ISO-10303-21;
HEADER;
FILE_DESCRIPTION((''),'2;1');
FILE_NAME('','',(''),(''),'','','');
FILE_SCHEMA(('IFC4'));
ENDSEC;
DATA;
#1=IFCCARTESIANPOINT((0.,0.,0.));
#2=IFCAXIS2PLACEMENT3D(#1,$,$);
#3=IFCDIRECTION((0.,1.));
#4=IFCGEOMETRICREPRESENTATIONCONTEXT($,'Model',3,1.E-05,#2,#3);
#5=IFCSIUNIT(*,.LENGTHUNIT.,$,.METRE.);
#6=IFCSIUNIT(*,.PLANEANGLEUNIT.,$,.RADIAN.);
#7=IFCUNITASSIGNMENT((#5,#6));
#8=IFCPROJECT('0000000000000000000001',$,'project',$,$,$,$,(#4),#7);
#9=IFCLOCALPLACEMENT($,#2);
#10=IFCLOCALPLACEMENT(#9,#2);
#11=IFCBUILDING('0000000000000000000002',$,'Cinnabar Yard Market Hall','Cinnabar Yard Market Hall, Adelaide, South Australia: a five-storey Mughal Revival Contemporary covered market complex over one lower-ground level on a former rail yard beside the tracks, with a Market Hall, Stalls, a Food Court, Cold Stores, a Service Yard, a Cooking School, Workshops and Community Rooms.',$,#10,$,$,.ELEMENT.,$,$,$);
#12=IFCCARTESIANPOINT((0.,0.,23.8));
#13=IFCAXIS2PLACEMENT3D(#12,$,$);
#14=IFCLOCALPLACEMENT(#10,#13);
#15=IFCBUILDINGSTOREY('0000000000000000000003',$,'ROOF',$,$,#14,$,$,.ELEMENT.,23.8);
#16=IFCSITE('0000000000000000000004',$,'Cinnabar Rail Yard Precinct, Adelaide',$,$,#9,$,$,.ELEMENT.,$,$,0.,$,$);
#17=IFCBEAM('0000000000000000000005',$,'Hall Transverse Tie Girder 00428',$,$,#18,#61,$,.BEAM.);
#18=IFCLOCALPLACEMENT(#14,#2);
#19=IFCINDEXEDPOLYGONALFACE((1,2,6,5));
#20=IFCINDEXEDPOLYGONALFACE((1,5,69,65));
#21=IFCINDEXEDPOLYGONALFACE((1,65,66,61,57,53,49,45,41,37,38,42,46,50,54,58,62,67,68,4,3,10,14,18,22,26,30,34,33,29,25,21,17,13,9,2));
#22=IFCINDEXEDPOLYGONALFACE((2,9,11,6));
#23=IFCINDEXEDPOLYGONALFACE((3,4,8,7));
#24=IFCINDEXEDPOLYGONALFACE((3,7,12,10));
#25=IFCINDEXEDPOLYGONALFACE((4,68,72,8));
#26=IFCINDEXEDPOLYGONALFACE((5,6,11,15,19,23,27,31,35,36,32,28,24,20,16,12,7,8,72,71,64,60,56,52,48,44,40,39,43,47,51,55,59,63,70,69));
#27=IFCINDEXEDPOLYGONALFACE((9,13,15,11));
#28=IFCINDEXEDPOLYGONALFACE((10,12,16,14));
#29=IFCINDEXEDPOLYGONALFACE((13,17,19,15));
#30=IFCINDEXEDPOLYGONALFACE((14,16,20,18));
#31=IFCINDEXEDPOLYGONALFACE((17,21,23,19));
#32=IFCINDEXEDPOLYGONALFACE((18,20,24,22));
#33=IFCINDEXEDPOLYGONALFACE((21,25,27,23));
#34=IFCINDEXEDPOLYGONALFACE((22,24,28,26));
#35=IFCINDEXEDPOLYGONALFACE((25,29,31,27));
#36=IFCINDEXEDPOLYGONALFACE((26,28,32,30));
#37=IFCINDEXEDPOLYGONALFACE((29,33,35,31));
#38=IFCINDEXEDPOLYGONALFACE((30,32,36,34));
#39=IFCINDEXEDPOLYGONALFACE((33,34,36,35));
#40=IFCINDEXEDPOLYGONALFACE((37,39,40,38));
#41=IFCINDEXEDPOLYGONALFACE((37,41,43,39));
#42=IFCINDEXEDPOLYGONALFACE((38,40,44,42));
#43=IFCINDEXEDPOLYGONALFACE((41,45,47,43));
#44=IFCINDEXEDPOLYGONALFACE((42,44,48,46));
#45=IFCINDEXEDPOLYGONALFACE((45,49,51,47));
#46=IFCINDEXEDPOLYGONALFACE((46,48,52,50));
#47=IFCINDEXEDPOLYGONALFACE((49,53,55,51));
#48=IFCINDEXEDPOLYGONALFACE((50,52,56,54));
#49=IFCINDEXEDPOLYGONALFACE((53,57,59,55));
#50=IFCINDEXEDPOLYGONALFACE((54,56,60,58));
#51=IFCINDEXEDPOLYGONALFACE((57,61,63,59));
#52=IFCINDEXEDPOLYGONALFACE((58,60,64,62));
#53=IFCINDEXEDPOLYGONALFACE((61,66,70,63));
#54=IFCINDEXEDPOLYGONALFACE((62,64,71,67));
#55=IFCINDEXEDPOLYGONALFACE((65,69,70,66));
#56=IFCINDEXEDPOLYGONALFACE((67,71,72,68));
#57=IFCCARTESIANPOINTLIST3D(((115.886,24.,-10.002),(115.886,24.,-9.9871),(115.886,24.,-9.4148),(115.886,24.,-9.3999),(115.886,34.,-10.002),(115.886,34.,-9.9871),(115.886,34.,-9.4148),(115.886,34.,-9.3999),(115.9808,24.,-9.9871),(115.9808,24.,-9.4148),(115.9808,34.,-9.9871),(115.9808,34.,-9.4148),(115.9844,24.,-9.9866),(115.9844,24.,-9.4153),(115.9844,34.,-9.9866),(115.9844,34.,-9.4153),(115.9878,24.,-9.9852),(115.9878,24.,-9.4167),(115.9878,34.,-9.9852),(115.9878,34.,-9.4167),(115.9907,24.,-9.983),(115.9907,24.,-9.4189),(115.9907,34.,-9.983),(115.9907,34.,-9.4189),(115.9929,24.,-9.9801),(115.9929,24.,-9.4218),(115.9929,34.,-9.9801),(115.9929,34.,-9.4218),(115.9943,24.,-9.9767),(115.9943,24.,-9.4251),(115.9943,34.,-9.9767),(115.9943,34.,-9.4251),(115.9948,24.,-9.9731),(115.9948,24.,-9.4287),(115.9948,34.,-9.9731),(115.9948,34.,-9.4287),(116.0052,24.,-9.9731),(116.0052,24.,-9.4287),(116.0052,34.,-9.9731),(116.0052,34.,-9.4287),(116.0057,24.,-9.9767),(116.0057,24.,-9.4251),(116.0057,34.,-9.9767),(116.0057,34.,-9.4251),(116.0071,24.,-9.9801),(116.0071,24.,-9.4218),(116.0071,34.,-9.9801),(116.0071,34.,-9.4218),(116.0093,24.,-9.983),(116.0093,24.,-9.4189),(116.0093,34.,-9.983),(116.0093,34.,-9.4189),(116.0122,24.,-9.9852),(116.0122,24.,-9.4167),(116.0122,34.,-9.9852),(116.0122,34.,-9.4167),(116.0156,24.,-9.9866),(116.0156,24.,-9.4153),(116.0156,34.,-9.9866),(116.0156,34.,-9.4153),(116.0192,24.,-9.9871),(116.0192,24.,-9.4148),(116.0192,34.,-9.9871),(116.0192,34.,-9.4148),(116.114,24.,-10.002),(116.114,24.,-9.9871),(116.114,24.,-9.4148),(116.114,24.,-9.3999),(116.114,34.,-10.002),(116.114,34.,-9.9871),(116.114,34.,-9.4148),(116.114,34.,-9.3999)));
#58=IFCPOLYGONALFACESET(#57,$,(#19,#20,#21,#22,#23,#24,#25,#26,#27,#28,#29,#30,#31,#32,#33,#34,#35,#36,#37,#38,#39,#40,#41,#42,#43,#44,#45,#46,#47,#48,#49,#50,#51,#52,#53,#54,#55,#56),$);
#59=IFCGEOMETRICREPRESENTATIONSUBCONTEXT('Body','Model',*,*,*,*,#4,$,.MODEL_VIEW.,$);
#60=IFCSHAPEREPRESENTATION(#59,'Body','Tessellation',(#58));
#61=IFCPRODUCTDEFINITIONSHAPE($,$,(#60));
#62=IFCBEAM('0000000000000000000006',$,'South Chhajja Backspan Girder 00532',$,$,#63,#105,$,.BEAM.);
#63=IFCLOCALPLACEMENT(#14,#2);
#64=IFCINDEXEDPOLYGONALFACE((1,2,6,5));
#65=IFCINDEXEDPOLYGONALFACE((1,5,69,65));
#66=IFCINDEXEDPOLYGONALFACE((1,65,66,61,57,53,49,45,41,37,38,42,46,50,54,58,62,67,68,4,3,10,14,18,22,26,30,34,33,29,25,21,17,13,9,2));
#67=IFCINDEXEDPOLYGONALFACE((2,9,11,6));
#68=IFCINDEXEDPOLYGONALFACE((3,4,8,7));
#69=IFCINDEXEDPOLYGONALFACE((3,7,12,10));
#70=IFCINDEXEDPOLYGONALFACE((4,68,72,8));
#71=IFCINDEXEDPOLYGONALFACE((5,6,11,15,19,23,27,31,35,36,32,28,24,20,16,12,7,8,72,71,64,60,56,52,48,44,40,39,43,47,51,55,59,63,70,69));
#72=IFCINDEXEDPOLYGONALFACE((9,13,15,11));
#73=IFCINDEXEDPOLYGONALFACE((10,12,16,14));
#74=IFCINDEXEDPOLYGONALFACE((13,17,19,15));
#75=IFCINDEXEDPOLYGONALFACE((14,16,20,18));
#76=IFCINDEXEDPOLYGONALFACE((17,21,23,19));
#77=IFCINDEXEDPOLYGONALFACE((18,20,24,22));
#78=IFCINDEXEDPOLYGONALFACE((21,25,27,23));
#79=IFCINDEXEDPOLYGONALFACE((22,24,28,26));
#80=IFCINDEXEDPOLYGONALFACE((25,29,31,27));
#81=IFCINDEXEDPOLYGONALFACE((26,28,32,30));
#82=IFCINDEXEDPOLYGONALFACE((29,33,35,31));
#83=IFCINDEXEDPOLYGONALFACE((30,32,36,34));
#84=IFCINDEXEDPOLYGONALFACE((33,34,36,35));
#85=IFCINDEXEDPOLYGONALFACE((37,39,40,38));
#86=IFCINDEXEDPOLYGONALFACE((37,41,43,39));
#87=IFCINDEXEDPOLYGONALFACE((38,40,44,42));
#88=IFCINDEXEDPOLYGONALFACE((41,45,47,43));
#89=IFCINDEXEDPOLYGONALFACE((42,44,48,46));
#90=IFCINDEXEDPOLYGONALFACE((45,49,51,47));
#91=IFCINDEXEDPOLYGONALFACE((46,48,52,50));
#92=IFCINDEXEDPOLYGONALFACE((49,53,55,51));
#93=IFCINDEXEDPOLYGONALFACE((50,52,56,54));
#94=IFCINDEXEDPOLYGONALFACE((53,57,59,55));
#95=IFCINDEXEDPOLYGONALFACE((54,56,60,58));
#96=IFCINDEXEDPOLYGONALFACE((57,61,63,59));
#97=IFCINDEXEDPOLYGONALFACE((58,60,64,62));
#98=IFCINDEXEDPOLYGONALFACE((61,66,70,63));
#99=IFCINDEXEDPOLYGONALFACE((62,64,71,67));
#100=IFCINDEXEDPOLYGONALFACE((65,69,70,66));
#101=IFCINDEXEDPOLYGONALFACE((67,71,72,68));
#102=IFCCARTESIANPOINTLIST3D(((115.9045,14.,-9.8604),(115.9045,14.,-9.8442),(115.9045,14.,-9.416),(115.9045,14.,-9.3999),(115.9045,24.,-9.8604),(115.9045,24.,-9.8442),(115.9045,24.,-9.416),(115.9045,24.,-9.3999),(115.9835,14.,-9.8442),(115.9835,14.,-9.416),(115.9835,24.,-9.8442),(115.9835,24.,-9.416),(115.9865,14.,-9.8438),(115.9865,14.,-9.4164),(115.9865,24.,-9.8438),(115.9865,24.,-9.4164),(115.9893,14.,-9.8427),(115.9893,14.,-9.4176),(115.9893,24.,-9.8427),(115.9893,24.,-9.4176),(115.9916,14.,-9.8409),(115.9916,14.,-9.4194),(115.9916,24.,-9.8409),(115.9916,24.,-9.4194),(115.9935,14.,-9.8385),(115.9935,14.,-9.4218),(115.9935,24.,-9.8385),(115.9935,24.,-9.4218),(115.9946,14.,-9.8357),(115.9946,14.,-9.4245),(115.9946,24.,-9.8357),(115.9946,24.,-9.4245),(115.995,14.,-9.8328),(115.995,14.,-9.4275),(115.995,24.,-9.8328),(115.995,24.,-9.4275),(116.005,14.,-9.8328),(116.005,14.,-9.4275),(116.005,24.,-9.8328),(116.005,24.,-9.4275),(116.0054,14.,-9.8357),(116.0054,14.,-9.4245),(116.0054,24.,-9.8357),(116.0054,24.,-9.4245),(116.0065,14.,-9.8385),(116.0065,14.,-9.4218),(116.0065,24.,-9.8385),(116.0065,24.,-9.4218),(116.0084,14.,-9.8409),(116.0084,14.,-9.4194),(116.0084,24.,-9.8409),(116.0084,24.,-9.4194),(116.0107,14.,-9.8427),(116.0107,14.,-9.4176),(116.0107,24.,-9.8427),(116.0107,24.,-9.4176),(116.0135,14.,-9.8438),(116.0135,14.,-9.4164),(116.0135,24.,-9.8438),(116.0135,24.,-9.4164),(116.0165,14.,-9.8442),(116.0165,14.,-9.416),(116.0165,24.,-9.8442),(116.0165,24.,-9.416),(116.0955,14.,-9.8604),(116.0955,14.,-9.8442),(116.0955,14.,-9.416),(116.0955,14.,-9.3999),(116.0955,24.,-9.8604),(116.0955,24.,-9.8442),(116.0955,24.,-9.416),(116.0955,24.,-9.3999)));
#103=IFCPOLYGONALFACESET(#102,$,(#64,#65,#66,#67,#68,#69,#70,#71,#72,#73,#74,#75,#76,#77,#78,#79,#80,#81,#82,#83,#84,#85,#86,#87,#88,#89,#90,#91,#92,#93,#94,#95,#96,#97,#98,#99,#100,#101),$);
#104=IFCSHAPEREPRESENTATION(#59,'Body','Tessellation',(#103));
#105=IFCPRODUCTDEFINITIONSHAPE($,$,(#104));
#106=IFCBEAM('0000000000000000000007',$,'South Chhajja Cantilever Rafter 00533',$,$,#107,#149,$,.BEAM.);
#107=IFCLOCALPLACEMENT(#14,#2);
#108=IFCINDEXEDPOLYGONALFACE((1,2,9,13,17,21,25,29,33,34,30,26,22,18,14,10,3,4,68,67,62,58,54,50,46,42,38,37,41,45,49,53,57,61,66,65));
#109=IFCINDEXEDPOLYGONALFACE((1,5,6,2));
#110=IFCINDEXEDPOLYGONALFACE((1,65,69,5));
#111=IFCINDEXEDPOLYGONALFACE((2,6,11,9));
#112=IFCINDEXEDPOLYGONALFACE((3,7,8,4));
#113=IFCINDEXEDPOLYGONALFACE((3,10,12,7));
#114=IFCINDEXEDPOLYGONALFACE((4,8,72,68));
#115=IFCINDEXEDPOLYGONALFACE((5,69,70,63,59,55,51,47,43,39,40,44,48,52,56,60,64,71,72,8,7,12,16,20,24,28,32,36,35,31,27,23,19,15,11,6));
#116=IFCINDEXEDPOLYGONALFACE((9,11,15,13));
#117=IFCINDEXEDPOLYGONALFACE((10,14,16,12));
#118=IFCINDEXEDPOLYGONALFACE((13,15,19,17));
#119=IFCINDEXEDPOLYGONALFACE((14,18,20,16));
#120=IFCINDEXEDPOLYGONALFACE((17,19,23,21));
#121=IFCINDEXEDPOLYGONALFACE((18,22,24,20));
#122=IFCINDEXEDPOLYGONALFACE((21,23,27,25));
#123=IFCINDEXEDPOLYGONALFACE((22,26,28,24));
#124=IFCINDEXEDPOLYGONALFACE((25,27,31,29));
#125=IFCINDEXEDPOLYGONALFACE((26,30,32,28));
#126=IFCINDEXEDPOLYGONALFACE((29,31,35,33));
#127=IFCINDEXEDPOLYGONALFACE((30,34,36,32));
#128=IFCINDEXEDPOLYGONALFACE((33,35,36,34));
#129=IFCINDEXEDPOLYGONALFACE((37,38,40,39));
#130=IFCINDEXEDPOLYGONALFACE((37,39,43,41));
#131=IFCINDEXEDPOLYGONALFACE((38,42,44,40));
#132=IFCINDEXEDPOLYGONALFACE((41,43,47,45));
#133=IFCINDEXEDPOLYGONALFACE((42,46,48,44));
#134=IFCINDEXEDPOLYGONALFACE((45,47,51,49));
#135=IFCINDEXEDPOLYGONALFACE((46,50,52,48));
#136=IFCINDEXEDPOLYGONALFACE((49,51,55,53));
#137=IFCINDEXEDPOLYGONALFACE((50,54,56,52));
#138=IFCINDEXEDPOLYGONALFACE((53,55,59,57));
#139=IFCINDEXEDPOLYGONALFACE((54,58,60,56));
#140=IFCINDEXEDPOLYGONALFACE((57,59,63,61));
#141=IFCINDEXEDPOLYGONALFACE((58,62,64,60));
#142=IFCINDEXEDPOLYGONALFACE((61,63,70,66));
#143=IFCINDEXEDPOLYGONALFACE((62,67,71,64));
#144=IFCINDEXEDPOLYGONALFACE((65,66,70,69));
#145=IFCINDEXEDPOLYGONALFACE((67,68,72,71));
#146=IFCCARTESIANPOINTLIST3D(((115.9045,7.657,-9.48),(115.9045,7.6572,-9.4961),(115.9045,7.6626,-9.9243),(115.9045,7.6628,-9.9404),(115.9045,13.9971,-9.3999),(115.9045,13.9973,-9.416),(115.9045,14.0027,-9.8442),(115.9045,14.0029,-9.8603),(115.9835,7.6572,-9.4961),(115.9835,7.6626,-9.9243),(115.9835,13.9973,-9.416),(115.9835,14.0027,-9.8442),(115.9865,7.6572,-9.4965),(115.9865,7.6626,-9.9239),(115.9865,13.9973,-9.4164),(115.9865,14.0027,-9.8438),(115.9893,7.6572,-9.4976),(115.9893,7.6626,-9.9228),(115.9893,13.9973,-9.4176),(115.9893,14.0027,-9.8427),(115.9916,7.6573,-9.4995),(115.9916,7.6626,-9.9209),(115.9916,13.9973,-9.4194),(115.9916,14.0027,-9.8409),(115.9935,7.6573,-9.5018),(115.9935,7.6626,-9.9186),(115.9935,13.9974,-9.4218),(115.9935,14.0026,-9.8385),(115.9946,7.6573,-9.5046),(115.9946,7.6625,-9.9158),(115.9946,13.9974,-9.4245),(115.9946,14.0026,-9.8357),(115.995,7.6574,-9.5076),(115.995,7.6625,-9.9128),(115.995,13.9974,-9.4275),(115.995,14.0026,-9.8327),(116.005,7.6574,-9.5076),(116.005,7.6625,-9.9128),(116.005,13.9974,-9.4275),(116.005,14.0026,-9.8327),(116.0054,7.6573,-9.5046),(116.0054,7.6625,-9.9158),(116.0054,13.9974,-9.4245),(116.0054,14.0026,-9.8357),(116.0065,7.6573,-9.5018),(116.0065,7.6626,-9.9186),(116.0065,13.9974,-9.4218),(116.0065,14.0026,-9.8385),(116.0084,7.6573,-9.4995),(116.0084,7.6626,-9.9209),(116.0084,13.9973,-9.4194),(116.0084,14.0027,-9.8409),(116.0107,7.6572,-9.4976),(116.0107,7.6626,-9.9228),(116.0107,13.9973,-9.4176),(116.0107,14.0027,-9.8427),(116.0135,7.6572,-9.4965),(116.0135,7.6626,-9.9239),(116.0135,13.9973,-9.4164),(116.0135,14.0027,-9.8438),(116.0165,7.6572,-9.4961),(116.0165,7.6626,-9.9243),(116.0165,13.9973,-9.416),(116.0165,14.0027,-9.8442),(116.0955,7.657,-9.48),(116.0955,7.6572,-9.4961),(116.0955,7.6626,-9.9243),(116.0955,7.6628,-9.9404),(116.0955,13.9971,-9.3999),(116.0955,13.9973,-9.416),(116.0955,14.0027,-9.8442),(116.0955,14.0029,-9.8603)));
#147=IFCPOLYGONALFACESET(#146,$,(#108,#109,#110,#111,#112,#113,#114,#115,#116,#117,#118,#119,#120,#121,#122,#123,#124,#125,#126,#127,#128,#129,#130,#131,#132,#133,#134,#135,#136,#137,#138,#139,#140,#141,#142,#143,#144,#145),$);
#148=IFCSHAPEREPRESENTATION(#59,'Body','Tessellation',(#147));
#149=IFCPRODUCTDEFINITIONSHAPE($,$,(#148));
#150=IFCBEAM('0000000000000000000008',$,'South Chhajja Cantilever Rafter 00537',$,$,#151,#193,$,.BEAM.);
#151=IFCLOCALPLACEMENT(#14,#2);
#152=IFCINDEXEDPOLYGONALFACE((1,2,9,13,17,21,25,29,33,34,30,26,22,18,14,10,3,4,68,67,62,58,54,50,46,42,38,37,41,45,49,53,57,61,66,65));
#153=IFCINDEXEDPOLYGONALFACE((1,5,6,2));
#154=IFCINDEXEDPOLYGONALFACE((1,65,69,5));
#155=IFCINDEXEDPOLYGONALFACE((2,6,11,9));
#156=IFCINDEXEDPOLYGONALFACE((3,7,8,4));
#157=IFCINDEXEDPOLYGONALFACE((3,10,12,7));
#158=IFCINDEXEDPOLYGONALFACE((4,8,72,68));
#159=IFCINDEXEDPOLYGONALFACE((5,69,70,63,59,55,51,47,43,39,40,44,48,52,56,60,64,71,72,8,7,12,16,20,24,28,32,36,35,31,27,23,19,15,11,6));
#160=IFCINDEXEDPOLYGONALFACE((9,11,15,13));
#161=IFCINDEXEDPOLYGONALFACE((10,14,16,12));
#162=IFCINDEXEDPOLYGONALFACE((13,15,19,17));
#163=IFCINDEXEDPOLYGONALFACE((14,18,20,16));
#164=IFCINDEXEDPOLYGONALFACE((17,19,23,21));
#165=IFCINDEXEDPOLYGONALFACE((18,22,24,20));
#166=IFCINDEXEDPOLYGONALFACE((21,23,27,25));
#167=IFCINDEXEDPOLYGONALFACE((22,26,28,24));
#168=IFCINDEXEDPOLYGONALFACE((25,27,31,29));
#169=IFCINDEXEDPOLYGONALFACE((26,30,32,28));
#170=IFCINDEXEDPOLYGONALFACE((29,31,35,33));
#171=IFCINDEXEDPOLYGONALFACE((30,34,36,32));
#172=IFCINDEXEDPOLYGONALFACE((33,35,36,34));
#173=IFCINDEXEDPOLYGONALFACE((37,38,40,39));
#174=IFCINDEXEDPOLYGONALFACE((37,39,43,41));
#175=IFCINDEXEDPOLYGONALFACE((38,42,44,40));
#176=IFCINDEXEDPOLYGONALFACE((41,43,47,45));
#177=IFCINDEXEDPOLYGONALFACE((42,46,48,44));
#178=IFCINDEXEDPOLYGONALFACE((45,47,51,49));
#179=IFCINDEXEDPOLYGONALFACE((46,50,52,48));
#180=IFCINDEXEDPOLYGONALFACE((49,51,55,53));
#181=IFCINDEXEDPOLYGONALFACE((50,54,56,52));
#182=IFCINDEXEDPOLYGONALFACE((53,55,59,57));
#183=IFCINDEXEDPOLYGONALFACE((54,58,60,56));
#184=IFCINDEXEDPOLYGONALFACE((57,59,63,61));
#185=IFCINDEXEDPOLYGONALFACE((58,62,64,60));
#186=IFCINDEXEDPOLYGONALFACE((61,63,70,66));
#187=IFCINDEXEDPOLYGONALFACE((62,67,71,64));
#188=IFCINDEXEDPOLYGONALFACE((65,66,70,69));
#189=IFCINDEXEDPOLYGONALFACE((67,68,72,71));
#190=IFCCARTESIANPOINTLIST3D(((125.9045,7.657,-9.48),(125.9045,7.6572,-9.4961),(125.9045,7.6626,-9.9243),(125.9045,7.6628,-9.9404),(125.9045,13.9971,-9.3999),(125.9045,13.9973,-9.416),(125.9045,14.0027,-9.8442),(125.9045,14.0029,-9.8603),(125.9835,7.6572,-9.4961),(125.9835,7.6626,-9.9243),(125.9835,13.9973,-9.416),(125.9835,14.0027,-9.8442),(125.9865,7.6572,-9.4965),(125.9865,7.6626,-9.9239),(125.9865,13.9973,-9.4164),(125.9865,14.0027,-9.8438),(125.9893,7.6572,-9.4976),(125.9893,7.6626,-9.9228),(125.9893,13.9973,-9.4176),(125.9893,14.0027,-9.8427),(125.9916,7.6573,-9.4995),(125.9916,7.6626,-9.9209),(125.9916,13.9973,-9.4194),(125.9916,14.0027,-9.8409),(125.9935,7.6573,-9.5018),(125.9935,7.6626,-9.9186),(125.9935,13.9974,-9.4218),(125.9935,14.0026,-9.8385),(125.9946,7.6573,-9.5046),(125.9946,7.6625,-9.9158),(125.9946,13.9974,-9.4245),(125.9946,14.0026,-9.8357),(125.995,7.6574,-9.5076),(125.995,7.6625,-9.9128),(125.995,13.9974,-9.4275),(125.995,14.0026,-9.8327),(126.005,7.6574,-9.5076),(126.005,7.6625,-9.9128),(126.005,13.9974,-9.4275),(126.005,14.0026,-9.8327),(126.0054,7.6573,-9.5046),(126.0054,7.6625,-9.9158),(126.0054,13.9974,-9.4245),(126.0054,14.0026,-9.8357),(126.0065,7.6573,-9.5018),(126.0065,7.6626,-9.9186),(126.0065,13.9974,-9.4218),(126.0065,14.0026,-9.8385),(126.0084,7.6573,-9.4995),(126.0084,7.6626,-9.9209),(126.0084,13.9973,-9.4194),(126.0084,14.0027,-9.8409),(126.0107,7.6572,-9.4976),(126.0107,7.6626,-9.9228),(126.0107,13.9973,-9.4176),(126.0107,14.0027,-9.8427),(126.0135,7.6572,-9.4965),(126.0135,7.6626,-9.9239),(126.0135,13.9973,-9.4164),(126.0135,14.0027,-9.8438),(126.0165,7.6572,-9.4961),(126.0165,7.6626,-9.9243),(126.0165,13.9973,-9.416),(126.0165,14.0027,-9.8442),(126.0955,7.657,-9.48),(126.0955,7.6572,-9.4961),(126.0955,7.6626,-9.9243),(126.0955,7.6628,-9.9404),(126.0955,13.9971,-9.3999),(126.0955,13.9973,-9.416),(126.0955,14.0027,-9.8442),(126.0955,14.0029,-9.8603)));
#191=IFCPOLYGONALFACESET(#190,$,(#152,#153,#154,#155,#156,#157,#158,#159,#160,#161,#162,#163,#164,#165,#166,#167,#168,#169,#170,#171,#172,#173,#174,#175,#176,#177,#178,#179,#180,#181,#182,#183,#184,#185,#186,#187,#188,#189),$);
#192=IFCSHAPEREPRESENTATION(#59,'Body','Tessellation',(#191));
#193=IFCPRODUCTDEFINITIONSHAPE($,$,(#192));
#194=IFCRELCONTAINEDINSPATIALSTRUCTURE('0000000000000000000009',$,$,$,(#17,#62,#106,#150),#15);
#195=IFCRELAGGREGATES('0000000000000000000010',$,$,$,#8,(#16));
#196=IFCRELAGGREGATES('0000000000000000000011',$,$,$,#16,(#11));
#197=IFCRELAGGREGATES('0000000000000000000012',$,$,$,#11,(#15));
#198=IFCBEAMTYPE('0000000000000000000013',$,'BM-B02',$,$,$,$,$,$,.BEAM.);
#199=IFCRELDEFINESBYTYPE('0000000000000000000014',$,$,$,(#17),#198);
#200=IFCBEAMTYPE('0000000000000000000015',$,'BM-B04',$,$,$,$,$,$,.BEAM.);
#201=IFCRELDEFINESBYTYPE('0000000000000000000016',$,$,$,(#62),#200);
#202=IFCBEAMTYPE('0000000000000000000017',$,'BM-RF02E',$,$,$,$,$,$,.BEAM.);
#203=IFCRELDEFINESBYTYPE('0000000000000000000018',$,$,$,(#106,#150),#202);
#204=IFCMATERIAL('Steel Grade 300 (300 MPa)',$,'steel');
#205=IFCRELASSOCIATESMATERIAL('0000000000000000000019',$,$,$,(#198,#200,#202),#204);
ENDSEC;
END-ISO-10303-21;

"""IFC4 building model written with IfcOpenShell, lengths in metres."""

from ifc_helpers import new_model, si_unit, direction, frame, origin, origin_2d_with_axis, place, context, subcontext, project, spatial, i_section, extrude, material, material_profile, profile_set, type_object, element, save


model = new_model("IFC4")

# Units and contexts
model_context = context("Model", 3, precision=1e-05, world=origin(), true_north=direction((0.0, 1.0)))
body_context = subcontext(model_context, "Body", "Model", "MODEL_VIEW")
ifc_project = project(units=[si_unit("LENGTHUNIT", "METRE"), si_unit("PLANEANGLEUNIT", "RADIAN")], contexts=[model_context])

# Site, building, storey
site_placement = place(None, origin())
site = spatial("IfcSite", under=ifc_project, at=site_placement, Name="Cinnabar Rail Yard Precinct, Adelaide", CompositionType="ELEMENT", RefElevation=0.0)
building_placement = place(site_placement, origin())
building = spatial("IfcBuilding", under=site, at=building_placement, Name="Cinnabar Yard Market Hall", Description="Cinnabar Yard Market Hall, Adelaide, South Australia: a five-storey Mughal Revival Contemporary covered market complex over one lower-ground level on a former rail yard beside the tracks, with a Market Hall, Stalls, a Food Court, Cold Stores, a Service Yard, a Cooking School, Workshops and Community Rooms.", CompositionType="ELEMENT")
storey_placement = place(building_placement, frame((0.0, 0.0, 23.8)))
storey = spatial("IfcBuildingStorey", under=building, at=storey_placement, Name="ROOF", CompositionType="ELEMENT", Elevation=23.8)

# Beams
ifc_material_1 = material(Name="Steel Grade 300 (300 MPa)", Category="steel")
ifc_material_profile_1 = material_profile(ifc_material_1, i_section(OverallWidth=0.228, OverallDepth=0.6021, WebThickness=0.0105, FlangeThickness=0.0149, FilletRadius=0.0139, at=origin_2d_with_axis()), Name="610UB101")
ifc_profile_set_1 = profile_set([ifc_material_profile_1], Name="Steel Grade 300 (300 MPa)")
beam_type_1 = type_object("IfcBeamType", Name="BM-B02", PredefinedType="BEAM", material=ifc_profile_set_1)
for number, where, z_axis, x_axis, name in (
    (1, (116.0, 24.0, -9.7009), (0.0, 1.0, 0.0), (-1.0, 0.0, 0.0), "Hall Transverse Tie Girder 00428"),
):
    element("IfcBeam", number, at=place(storey_placement, frame(where, z_axis=z_axis, x_axis=x_axis)), inside=storey, type_object=beam_type_1, Name=name, PredefinedType="BEAM", context=body_context, shape_type="SweptSolid", body=[
        extrude(i_section(OverallWidth=0.228, OverallDepth=0.6021, WebThickness=0.0105, FlangeThickness=0.0149, FilletRadius=0.0139, at=origin_2d_with_axis()), origin(), (0.0, 0.0, 1.0), 10.0),
    ])
ifc_material_profile_2 = material_profile(ifc_material_1, i_section(OverallWidth=0.1909, OverallDepth=0.4604, WebThickness=0.01, FlangeThickness=0.0161, FilletRadius=0.0115, at=origin_2d_with_axis()), Name="460UB82.1")
ifc_profile_set_2 = profile_set([ifc_material_profile_2], Name="Steel Grade 300 (300 MPa)")
beam_type_2 = type_object("IfcBeamType", Name="BM-B04", PredefinedType="BEAM", material=ifc_profile_set_2)
beam_placement = place(storey_placement, frame((116.0, 24.0, -9.6301), z_axis=(0.0, -1.0, 0.0), x_axis=(1.0, 0.0, 0.0)))
element("IfcBeam", 2, at=beam_placement, inside=storey, type_object=beam_type_2, Name="South Chhajja Backspan Girder 00532", PredefinedType="BEAM", context=body_context, shape_type="SweptSolid", body=[
    extrude(i_section(OverallWidth=0.1909, OverallDepth=0.4604, WebThickness=0.01, FlangeThickness=0.0161, FilletRadius=0.0115, at=origin_2d_with_axis()), origin(), (0.0, 0.0, 1.0), 10.0),
])
ifc_material_profile_3 = material_profile(ifc_material_1, i_section(OverallWidth=0.1909, OverallDepth=0.4604, WebThickness=0.01, FlangeThickness=0.0161, FilletRadius=0.0115, at=origin_2d_with_axis()), Name="460UB82.1")
ifc_profile_set_3 = profile_set([ifc_material_profile_3], Name="Steel Grade 300 (300 MPa)")
beam_type_3 = type_object("IfcBeamType", Name="BM-RF02E", PredefinedType="BEAM", material=ifc_profile_set_3)
for number, where, z_axis, x_axis, name in (
    (3, (116.0, 14.0, -9.6301), (0.0, -0.99992, -0.012629), (1.0, 0.0, 0.0), "South Chhajja Cantilever Rafter 00533"),
    (4, (126.0, 14.0, -9.6301), (0.0, -0.99992, -0.012629), (1.0, 0.0, 0.0), "South Chhajja Cantilever Rafter 00537"),
):
    element("IfcBeam", number, at=place(storey_placement, frame(where, z_axis=z_axis, x_axis=x_axis)), inside=storey, type_object=beam_type_3, Name=name, PredefinedType="BEAM", context=body_context, shape_type="SweptSolid", body=[
        extrude(i_section(OverallWidth=0.1909, OverallDepth=0.4604, WebThickness=0.01, FlangeThickness=0.0161, FilletRadius=0.0115, at=origin_2d_with_axis()), origin(), (0.0, 0.0, 1.0), 6.3406),
    ])

save(model, "model.ifc")
